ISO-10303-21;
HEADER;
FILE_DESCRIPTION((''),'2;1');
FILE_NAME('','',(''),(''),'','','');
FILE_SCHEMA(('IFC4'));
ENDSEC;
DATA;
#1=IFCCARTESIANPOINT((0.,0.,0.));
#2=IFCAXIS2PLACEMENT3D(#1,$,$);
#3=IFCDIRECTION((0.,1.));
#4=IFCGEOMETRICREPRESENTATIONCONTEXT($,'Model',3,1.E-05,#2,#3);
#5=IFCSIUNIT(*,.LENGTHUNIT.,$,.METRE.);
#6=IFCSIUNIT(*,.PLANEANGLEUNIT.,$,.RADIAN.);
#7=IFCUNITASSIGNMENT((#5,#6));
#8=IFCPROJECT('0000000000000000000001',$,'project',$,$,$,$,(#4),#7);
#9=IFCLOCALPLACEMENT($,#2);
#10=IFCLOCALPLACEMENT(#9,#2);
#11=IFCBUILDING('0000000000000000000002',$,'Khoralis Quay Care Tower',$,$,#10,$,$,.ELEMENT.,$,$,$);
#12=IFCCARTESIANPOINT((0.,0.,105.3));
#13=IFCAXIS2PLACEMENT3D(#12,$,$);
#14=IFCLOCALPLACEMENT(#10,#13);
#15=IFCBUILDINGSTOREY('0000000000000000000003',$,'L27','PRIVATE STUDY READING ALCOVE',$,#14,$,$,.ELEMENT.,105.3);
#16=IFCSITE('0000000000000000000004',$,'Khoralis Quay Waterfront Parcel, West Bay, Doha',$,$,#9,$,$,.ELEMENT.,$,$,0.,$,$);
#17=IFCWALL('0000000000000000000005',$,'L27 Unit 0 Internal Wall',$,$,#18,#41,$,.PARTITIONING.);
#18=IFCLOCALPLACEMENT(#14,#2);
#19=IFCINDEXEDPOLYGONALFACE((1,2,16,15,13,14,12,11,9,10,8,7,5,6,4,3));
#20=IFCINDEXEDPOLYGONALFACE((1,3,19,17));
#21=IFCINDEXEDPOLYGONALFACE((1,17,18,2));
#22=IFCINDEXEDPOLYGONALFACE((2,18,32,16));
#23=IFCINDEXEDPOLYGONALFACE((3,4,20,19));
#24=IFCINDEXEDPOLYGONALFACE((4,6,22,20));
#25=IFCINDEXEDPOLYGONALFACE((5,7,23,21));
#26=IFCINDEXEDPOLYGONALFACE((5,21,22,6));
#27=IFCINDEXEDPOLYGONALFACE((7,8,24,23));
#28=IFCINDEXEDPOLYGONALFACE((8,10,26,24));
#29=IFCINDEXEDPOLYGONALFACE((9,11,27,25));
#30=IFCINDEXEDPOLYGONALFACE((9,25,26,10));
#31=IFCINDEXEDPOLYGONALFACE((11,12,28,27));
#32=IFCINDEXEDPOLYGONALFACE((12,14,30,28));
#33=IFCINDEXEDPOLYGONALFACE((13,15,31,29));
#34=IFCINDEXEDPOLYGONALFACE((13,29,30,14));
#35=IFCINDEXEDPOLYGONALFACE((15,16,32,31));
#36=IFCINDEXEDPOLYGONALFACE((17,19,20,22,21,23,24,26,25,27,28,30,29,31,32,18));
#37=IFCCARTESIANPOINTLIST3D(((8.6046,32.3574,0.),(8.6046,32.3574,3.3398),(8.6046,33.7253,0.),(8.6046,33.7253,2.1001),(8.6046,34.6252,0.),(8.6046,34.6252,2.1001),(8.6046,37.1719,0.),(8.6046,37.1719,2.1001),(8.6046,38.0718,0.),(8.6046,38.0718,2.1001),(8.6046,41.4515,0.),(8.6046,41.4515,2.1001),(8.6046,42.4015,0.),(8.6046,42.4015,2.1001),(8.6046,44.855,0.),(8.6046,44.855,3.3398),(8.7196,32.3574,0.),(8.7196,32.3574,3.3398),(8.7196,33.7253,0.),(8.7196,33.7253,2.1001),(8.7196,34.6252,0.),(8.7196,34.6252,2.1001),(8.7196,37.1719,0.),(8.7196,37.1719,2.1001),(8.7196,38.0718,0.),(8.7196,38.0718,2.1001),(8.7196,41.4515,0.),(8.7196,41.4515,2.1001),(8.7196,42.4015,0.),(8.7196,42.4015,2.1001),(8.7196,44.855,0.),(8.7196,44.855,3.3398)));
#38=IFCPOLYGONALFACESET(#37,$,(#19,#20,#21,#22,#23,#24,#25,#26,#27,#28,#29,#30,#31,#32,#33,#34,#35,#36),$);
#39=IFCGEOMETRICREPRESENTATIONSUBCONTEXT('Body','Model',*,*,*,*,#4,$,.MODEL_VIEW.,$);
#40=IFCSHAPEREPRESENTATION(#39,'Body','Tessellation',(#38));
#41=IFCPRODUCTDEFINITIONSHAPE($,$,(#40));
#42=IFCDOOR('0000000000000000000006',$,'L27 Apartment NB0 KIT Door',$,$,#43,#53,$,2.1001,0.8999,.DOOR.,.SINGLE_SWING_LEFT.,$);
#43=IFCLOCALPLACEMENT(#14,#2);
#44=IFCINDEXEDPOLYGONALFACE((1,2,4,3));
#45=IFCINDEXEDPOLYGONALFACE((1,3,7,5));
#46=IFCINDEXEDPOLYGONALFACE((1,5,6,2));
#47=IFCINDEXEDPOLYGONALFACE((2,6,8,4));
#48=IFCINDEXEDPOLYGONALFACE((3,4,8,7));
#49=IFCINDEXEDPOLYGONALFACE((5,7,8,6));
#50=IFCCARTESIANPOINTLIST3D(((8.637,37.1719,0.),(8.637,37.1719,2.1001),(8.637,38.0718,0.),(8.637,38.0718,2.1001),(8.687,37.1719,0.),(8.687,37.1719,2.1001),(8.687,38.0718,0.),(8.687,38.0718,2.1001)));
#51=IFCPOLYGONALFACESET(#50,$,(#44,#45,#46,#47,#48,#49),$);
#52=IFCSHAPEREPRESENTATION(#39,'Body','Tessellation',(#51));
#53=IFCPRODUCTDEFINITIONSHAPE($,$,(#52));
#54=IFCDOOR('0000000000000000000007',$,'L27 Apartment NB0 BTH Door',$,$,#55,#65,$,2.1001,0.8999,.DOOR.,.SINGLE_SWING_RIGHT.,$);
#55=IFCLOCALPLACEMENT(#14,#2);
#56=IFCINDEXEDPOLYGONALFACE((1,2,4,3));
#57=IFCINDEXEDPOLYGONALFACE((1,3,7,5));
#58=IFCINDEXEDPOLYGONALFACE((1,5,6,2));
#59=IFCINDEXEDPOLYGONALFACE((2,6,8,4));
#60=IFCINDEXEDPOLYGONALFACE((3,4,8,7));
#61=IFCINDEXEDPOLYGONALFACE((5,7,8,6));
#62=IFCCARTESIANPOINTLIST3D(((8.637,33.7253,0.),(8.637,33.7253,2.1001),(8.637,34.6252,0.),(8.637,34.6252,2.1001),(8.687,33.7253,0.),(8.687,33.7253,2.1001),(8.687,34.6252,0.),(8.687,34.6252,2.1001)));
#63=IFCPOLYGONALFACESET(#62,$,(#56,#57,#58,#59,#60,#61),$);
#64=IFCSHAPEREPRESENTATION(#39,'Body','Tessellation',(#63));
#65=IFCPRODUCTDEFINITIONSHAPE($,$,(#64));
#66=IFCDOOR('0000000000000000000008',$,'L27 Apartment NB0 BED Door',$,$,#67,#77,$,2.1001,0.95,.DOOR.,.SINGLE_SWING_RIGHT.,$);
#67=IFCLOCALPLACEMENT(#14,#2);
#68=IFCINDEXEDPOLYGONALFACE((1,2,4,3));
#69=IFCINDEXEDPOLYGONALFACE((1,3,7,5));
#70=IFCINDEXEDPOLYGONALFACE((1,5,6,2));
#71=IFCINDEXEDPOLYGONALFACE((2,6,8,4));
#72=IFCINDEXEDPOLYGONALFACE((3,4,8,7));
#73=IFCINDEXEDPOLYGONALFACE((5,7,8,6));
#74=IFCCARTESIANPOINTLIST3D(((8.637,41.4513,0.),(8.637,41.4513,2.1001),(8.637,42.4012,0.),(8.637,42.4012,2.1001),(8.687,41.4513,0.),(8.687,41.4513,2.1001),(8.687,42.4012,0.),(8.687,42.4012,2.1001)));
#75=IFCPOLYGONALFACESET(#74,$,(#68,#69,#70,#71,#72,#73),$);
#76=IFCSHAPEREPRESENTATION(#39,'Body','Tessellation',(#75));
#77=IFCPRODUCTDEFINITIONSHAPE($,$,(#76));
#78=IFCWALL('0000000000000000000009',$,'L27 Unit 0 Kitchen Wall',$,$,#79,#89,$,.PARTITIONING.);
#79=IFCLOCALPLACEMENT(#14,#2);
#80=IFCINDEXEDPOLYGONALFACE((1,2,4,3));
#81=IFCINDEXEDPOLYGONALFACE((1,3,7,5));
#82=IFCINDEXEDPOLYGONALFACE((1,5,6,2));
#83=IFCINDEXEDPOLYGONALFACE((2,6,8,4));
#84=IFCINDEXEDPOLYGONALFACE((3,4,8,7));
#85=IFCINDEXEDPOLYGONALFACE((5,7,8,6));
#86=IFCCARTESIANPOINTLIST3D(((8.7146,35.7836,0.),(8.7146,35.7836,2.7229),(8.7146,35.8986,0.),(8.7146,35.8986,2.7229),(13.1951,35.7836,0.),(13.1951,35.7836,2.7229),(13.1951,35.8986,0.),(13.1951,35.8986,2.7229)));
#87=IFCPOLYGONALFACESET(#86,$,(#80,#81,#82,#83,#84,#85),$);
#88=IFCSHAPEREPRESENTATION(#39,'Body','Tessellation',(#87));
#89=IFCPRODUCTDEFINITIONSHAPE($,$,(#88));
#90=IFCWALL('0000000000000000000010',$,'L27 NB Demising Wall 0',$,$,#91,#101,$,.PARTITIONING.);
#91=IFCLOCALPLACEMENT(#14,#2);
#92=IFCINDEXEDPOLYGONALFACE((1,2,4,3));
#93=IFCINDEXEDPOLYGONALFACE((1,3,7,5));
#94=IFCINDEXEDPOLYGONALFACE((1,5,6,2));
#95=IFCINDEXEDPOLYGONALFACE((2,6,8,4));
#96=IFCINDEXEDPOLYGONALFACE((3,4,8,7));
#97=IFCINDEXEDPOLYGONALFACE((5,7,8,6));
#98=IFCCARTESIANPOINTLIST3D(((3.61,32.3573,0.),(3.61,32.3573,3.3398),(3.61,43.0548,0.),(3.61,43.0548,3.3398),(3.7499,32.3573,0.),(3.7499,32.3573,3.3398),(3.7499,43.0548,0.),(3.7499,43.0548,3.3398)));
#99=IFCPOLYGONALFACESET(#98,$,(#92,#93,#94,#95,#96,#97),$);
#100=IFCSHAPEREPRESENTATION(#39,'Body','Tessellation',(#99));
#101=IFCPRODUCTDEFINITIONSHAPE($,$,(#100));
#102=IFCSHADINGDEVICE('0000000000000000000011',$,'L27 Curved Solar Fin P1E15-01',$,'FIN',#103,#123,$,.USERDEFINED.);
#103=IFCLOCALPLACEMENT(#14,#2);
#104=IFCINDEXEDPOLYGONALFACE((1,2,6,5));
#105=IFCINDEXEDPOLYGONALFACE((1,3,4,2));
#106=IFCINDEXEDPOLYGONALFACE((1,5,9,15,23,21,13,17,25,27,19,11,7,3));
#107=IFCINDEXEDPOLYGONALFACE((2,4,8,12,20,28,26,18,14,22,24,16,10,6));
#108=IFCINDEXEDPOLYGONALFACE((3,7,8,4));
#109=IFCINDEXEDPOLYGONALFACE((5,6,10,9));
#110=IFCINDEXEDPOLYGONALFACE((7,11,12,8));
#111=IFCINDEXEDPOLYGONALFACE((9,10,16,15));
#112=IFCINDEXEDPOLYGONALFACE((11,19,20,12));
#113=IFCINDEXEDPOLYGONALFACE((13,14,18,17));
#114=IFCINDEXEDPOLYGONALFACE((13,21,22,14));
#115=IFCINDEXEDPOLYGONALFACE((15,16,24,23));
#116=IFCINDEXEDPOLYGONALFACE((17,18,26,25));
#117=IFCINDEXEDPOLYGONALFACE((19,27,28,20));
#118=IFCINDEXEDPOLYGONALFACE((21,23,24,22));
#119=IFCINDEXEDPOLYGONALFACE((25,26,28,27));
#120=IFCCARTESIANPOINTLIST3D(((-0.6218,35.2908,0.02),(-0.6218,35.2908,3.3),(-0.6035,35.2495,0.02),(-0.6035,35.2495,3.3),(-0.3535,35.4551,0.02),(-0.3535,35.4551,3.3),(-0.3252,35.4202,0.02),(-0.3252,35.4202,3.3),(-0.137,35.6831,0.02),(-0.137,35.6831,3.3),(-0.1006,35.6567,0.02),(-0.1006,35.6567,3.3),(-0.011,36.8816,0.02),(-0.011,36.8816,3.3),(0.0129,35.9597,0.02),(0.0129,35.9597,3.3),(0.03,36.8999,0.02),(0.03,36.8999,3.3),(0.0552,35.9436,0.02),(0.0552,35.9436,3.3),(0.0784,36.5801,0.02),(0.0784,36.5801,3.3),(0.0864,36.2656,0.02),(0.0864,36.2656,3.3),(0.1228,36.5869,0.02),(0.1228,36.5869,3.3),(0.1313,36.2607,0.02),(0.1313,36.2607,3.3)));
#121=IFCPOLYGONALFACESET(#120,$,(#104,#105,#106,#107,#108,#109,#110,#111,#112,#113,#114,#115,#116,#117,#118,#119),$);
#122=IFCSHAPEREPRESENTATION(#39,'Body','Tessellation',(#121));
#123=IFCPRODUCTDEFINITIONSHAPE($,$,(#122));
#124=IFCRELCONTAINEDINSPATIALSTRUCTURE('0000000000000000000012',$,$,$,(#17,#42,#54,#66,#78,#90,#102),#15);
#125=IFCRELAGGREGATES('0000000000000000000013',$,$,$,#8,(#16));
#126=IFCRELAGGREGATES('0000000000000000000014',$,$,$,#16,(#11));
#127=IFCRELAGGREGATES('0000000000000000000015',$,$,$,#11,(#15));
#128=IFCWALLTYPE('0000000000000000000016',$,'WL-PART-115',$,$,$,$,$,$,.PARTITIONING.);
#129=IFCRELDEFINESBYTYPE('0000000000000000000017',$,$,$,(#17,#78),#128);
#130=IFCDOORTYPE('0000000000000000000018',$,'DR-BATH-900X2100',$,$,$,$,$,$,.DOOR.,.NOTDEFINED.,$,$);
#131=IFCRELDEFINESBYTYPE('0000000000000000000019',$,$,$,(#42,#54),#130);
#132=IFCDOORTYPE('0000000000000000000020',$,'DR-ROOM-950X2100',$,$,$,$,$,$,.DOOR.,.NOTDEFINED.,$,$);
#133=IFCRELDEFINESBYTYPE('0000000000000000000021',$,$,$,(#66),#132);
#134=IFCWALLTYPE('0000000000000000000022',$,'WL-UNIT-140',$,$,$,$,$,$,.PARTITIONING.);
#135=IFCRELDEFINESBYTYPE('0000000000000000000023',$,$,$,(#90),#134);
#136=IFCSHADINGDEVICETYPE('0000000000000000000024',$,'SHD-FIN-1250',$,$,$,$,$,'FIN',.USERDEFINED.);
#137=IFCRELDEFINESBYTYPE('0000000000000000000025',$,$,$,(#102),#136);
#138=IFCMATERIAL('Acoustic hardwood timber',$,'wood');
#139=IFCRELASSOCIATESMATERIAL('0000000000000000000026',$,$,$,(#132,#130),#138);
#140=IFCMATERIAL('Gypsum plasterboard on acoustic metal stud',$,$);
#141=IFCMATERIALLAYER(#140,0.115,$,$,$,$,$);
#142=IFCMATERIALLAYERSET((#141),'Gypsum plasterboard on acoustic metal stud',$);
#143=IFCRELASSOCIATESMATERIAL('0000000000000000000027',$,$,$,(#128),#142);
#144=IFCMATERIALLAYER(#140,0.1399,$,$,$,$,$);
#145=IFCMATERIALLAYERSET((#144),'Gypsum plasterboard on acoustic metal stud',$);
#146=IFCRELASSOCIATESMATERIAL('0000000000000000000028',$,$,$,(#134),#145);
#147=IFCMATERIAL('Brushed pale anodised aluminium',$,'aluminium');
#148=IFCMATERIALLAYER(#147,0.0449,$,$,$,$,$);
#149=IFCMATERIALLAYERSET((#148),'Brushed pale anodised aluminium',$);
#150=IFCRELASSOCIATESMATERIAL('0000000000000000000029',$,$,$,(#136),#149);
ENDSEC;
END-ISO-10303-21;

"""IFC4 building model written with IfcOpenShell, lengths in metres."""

from ifc_helpers import new_model, si_unit, direction, frame, frame_2d, origin, place, context, subcontext, project, spatial, polyline, rectangle, outline, extrude, source, transform, mapped, material, layer, layer_set, type_object, element, fill, save


model = new_model("IFC4")

# Units and contexts
model_context = context("Model", 3, precision=1e-05, world=origin(), true_north=direction((0.0, 1.0)))
body_context = subcontext(model_context, "Body", "Model", "MODEL_VIEW")
ifc_project = project(units=[si_unit("LENGTHUNIT", "METRE"), si_unit("PLANEANGLEUNIT", "RADIAN")], contexts=[model_context])

# Site, building, storey
site_placement = place(None, origin())
site = spatial("IfcSite", under=ifc_project, at=site_placement, Name="Khoralis Quay Waterfront Parcel, West Bay, Doha", CompositionType="ELEMENT", RefElevation=0.0)
building_placement = place(site_placement, origin())
building = spatial("IfcBuilding", under=site, at=building_placement, Name="Khoralis Quay Care Tower", CompositionType="ELEMENT")
storey_placement = place(building_placement, frame((0.0, 0.0, 105.3)))
storey = spatial("IfcBuildingStorey", under=building, at=storey_placement, Name="L27", Description="PRIVATE STUDY READING ALCOVE", CompositionType="ELEMENT", Elevation=105.3)

# Wall, openings, doors
ifc_material_1 = material(Name="Gypsum plasterboard on acoustic metal stud")
ifc_material_2 = material(Name="Acoustic hardwood timber", Category="wood")
door_type_1 = type_object("IfcDoorType", Name="DR-ROOM-950X2100", OperationType="NOTDEFINED", PredefinedType="DOOR", material=ifc_material_2)
shared_shape_1 = source(origin(), body_context, "Body", "SweptSolid", [
    extrude(rectangle(XDim=0.95, YDim=2.1001, at=frame_2d((0.4751, 1.05))), frame((0.0, 0.0249, 0.0), z_axis=(0.0, -1.0, 0.0), x_axis=(1.0, 0.0, 0.0)), (0.0, 0.0, 1.0), 0.05),
])
ifc_layer_1 = layer(ifc_material_1, 0.115)
ifc_layer_set_1 = layer_set([ifc_layer_1], Name="Gypsum plasterboard on acoustic metal stud")
wall_type_1 = type_object("IfcWallType", Name="WL-PART-115", PredefinedType="PARTITIONING", material=ifc_layer_set_1)
wall_1_placement = place(storey_placement, frame((8.6621, 32.3574, 0.0), z_axis=(0.0, 0.0, 1.0), x_axis=(0.0, 1.0, 0.0)))
wall_1 = element("IfcWall", 1, at=wall_1_placement, inside=storey, type_object=wall_type_1, Name="L27 Unit 0 Internal Wall", PredefinedType="PARTITIONING", context=body_context, shape_type="SweptSolid", body=[
    extrude(rectangle(XDim=12.4976, YDim=0.115, at=frame_2d((6.2488, 0.0))), origin(), (0.0, 0.0, 1.0), 3.3398),
])
opening_1_placement = place(wall_1_placement, frame((9.094, 0.0, 0.0)))
opening_1 = element("IfcOpeningElement", 2, at=opening_1_placement, cuts=wall_1, PredefinedType="OPENING", context=body_context, shape_type="SweptSolid", body=[
    extrude(rectangle(XDim=0.95, YDim=2.1001, at=frame_2d((0.4751, 1.05))), frame((0.0, 0.0674, 0.0), z_axis=(0.0, -1.0, 0.0), x_axis=(1.0, 0.0, 0.0)), (0.0, 0.0, 1.0), 0.135),
])
opening_2_placement = place(wall_1_placement, frame((4.8145, 0.0, 0.0)))
opening_2 = element("IfcOpeningElement", 3, at=opening_2_placement, cuts=wall_1, PredefinedType="OPENING", context=body_context, shape_type="SweptSolid", body=[
    extrude(rectangle(XDim=0.8999, YDim=2.1001, at=frame_2d((0.45, 1.05))), frame((0.0, 0.0674, 0.0), z_axis=(0.0, -1.0, 0.0), x_axis=(1.0, 0.0, 0.0)), (0.0, 0.0, 1.0), 0.135),
])
opening_3_placement = place(wall_1_placement, frame((1.3679, 0.0, 0.0)))
opening_3 = element("IfcOpeningElement", 4, at=opening_3_placement, cuts=wall_1, PredefinedType="OPENING", context=body_context, shape_type="SweptSolid", body=[
    extrude(rectangle(XDim=0.8999, YDim=2.1001, at=frame_2d((0.45, 1.05))), frame((0.0, 0.0674, 0.0), z_axis=(0.0, -1.0, 0.0), x_axis=(1.0, 0.0, 0.0)), (0.0, 0.0, 1.0), 0.135),
])
door_type_2 = type_object("IfcDoorType", Name="DR-BATH-900X2100", OperationType="NOTDEFINED", PredefinedType="DOOR", material=ifc_material_2)
shared_shape_2 = source(origin(), body_context, "Body", "SweptSolid", [
    extrude(rectangle(XDim=0.8999, YDim=2.1001, at=frame_2d((0.45, 1.05))), frame((0.0, 0.0249, 0.0), z_axis=(0.0, -1.0, 0.0), x_axis=(1.0, 0.0, 0.0)), (0.0, 0.0, 1.0), 0.05),
])
door_1_placement = place(opening_2_placement, frame((0.8999, 0.0, 0.0), z_axis=(0.0, 0.0, 1.0), x_axis=(-1.0, 0.0, 0.0)))
door_1 = element("IfcDoor", 5, at=door_1_placement, inside=storey, type_object=door_type_2, Name="L27 Apartment NB0 KIT Door", OperationType="SINGLE_SWING_LEFT", OverallHeight=2.1001, OverallWidth=0.8999, PredefinedType="DOOR", context=body_context, shape_type="MappedRepresentation", body=[
    mapped(shared_shape_2, transform((0.0, 0.0, 0.0), scale=1.0)),
])
fill(opening_2, door_1)
door_2_placement = place(opening_3_placement, frame((0.8999, 0.0, 0.0), z_axis=(0.0, 0.0, 1.0), x_axis=(-1.0, 0.0, 0.0)))
door_2 = element("IfcDoor", 6, at=door_2_placement, inside=storey, type_object=door_type_2, Name="L27 Apartment NB0 BTH Door", OperationType="SINGLE_SWING_RIGHT", OverallHeight=2.1001, OverallWidth=0.8999, PredefinedType="DOOR", context=body_context, shape_type="MappedRepresentation", body=[
    mapped(shared_shape_2, transform((0.0, 0.0, 0.0), scale=1.0)),
])
fill(opening_3, door_2)
door_3_placement = place(opening_1_placement, frame((0.95, 0.0, 0.0), z_axis=(0.0, 0.0, 1.0), x_axis=(-1.0, 0.0, 0.0)))
door_3 = element("IfcDoor", 7, at=door_3_placement, inside=storey, type_object=door_type_1, Name="L27 Apartment NB0 BED Door", OperationType="SINGLE_SWING_RIGHT", OverallHeight=2.1001, OverallWidth=0.95, PredefinedType="DOOR", context=body_context, shape_type="MappedRepresentation", body=[
    mapped(shared_shape_1, transform((0.0, 0.0, 0.0), scale=1.0)),
])
fill(opening_1, door_3)

# Walls
wall_2_placement = place(storey_placement, frame((8.7146, 35.8411, 0.0), z_axis=(0.0, 0.0, 1.0), x_axis=(1.0, 0.0, 0.0)))
element("IfcWall", 8, at=wall_2_placement, inside=storey, type_object=wall_type_1, Name="L27 Unit 0 Kitchen Wall", PredefinedType="PARTITIONING", context=body_context, shape_type="SweptSolid", body=[
    extrude(rectangle(XDim=4.4805, YDim=0.115, at=frame_2d((2.2402, 0.0))), origin(), (0.0, 0.0, 1.0), 2.7229),
])
ifc_layer_2 = layer(ifc_material_1, 0.1399)
ifc_layer_set_2 = layer_set([ifc_layer_2], Name="Gypsum plasterboard on acoustic metal stud")
wall_type_2 = type_object("IfcWallType", Name="WL-UNIT-140", PredefinedType="PARTITIONING", material=ifc_layer_set_2)
wall_3_placement = place(storey_placement, frame((3.6799, 32.3574, 0.0), z_axis=(0.0, 0.0, 1.0), x_axis=(0.0, 1.0, 0.0)))
element("IfcWall", 9, at=wall_3_placement, inside=storey, type_object=wall_type_2, Name="L27 NB Demising Wall 0", PredefinedType="PARTITIONING", context=body_context, shape_type="SweptSolid", body=[
    extrude(rectangle(XDim=10.6975, YDim=0.1399, at=frame_2d((5.3486, 0.0))), origin(), (0.0, 0.0, 1.0), 3.3398),
])

# Shading device
ifc_material_3 = material(Name="Brushed pale anodised aluminium", Category="aluminium")
ifc_layer_3 = layer(ifc_material_3, 0.0449)
ifc_layer_set_3 = layer_set([ifc_layer_3], Name="Brushed pale anodised aluminium")
shading_device_type = type_object("IfcShadingDeviceType", Name="SHD-FIN-1250", ElementType="FIN", PredefinedType="USERDEFINED", material=ifc_layer_set_3)
shared_shape_3 = source(origin(), body_context, "Body", "SweptSolid", [
    extrude(outline(polyline([(0.0, 0.0), (-0.0928, 0.313), (-0.1013, 0.6392), (-0.0251, 0.9563), (0.1306, 1.2432), (0.3552, 1.4797), (0.6335, 1.6504), (0.6519, 1.6091), (0.3835, 1.4448), (0.167, 1.2168), (0.0171, 0.9402), (-0.0564, 0.6343), (-0.0483, 0.3198), (0.041, 0.0183), (0.0, 0.0)])), origin(), (0.0, 0.0, 1.0), 3.28),
])
shading_device_placement = place(storey_placement, frame((0.03, 36.8999, 0.02), z_axis=(0.0, 0.0, 1.0), x_axis=(-1.0, 0.0, 0.0)))
element("IfcShadingDevice", 10, at=shading_device_placement, inside=storey, type_object=shading_device_type, Name="L27 Curved Solar Fin P1E15-01", ObjectType="FIN", PredefinedType="USERDEFINED", context=body_context, shape_type="MappedRepresentation", body=[
    mapped(shared_shape_3, transform((0.0, 0.0, 0.0), scale=1.0)),
])

save(model, "model.ifc")
